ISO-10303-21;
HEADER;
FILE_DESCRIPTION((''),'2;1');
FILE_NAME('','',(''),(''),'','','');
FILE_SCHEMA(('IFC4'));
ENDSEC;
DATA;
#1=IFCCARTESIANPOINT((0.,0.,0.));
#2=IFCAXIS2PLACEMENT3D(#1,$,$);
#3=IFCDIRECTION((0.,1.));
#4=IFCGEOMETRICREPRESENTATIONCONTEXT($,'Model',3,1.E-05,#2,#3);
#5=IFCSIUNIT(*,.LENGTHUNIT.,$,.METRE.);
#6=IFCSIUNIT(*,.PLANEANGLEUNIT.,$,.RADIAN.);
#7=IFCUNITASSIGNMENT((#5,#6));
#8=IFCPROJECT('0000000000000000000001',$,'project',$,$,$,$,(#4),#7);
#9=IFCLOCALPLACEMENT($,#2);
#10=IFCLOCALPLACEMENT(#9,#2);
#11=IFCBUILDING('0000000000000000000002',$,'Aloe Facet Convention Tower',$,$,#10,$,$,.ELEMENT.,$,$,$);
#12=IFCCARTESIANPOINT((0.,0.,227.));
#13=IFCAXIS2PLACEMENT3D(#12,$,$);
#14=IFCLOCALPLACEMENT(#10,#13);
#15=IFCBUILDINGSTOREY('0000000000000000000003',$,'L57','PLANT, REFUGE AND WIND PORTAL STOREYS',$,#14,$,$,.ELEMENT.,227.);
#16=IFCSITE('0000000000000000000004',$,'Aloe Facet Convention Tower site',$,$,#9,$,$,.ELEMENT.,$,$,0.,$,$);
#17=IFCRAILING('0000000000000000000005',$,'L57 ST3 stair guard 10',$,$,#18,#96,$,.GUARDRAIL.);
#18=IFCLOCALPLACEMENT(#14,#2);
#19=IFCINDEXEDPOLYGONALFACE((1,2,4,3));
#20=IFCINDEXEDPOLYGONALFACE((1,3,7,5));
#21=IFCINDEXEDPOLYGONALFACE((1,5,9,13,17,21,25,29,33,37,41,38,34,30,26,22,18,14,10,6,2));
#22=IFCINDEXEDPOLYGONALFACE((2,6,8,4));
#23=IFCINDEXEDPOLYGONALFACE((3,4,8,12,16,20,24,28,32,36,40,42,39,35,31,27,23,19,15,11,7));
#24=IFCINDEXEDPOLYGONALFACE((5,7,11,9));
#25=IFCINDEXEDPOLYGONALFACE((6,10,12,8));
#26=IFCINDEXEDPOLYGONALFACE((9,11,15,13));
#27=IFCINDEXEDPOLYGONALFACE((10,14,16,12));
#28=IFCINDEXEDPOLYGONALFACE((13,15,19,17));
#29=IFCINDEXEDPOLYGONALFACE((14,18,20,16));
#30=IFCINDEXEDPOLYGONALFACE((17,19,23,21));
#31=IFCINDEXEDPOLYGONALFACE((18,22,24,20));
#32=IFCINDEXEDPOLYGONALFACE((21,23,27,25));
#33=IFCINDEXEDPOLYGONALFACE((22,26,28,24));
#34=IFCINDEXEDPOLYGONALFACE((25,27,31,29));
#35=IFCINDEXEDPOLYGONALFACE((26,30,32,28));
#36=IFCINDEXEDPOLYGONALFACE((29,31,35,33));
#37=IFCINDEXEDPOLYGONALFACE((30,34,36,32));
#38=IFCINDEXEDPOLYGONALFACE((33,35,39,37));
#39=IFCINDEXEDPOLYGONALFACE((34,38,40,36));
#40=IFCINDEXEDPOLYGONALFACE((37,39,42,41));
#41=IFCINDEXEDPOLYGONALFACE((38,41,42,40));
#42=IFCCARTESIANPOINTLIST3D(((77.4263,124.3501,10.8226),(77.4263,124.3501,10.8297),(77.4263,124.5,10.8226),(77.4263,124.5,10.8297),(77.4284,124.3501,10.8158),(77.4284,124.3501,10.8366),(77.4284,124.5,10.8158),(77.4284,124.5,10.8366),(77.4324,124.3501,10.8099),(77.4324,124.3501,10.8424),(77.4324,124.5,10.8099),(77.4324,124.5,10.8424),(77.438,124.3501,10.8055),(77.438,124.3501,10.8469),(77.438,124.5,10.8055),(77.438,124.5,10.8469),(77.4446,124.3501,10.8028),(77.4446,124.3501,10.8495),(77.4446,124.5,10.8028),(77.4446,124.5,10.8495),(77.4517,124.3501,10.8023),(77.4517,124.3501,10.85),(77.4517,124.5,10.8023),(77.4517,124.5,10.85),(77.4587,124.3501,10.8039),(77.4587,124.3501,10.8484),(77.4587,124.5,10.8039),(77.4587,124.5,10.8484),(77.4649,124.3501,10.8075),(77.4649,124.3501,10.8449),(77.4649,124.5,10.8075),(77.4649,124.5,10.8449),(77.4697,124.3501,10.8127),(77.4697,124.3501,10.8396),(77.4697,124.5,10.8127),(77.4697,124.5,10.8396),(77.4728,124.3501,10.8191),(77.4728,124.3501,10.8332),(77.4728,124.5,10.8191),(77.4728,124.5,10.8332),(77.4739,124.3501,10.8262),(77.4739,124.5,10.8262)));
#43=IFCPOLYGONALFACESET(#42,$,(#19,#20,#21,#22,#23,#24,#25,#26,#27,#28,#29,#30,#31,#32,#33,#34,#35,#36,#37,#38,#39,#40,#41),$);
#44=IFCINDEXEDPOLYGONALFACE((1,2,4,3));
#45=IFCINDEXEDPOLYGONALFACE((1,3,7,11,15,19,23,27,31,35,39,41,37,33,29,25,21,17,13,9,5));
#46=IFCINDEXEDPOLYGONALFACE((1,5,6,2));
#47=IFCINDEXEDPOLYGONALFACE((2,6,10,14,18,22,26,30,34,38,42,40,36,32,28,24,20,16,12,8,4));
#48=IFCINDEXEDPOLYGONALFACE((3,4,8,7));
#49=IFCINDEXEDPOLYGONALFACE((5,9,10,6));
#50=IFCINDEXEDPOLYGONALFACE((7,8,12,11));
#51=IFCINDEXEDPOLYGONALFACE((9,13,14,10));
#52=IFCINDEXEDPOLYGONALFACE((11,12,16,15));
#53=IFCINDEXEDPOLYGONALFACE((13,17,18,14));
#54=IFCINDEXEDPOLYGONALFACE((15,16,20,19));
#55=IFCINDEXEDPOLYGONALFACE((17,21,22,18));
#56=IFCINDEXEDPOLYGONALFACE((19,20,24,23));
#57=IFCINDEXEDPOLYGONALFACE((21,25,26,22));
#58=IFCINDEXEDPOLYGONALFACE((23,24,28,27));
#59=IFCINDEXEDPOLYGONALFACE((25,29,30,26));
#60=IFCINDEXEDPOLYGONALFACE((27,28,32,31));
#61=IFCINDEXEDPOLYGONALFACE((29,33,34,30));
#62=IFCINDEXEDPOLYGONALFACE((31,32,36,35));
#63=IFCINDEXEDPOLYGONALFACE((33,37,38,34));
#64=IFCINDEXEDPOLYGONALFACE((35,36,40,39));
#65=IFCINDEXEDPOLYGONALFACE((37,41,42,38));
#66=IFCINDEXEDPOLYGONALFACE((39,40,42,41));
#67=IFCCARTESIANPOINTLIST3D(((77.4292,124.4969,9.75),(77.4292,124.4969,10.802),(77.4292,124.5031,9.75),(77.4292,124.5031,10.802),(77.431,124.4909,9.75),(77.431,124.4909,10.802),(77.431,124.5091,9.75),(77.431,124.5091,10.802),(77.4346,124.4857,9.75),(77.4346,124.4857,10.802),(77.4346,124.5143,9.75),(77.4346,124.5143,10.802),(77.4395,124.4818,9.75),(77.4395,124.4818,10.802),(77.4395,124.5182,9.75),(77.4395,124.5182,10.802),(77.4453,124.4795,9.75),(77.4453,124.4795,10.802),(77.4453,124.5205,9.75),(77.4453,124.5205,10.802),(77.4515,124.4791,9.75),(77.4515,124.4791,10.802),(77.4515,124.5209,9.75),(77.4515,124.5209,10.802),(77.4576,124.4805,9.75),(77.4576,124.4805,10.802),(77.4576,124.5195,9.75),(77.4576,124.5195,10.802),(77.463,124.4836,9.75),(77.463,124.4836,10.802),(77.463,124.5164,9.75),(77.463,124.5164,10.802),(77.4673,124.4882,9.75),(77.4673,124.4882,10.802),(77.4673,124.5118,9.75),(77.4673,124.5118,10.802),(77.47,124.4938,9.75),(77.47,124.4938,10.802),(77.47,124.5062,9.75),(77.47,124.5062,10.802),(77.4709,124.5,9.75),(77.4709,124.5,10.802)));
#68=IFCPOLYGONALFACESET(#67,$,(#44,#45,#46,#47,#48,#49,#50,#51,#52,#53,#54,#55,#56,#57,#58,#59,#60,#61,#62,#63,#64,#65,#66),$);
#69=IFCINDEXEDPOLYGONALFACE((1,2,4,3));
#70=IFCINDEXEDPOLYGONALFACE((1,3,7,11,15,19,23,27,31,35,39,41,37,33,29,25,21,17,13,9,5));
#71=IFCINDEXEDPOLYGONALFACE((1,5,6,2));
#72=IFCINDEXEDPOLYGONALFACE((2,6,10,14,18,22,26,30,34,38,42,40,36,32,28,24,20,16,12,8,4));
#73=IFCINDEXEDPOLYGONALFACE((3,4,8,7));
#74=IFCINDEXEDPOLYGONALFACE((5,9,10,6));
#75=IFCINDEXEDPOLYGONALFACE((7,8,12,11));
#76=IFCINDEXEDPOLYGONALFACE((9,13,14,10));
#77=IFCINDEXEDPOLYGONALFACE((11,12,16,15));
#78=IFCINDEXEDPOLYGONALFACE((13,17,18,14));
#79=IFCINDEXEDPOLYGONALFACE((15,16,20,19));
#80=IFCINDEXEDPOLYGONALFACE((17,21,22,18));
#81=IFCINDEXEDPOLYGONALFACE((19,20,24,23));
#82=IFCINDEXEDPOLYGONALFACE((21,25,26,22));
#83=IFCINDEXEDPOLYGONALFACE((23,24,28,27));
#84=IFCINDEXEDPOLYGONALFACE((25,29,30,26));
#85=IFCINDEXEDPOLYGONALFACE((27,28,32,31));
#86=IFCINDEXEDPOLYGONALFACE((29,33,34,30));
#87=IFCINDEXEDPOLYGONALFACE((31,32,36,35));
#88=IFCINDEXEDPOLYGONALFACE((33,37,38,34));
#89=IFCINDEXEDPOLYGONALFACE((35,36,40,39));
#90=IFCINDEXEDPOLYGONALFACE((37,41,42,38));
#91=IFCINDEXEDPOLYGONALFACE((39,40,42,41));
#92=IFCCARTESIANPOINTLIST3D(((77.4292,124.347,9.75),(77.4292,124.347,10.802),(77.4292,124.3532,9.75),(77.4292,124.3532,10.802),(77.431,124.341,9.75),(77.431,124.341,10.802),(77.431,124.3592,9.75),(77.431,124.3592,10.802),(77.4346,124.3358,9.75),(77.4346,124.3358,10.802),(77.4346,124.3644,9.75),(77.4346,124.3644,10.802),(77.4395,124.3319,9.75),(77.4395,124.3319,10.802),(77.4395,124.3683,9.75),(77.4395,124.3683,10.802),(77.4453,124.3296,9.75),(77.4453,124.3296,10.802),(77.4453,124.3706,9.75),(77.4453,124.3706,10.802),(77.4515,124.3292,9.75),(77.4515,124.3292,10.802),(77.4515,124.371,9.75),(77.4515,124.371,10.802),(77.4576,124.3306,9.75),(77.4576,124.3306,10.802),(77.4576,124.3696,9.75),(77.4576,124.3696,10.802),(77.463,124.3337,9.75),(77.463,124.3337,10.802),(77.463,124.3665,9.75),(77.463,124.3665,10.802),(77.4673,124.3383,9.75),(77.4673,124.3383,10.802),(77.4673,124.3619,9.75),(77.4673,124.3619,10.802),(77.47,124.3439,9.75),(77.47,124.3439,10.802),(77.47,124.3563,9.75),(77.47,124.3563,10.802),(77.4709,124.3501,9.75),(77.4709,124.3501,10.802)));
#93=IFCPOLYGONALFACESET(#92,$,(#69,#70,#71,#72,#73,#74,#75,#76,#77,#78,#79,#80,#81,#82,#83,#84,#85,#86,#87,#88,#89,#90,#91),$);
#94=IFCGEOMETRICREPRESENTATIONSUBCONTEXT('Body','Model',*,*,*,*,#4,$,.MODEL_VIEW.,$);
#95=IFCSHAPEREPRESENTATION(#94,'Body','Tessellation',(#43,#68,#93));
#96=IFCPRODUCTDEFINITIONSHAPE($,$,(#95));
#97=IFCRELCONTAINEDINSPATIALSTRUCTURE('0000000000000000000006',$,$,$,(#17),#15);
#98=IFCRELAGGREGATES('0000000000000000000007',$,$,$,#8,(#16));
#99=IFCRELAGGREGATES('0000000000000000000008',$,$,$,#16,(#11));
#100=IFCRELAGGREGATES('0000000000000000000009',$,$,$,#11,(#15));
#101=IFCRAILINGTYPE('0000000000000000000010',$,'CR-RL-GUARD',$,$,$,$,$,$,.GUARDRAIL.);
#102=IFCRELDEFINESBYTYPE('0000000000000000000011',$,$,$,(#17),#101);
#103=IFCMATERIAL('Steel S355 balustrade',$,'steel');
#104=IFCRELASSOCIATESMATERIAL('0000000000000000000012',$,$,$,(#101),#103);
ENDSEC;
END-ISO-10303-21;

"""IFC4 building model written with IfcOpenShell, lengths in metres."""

from ifc_helpers import new_model, si_unit, direction, frame, origin, origin_2d, place, context, subcontext, project, spatial, circle, extrude, material, type_object, element, save


model = new_model("IFC4")

# Units and contexts
model_context = context("Model", 3, precision=1e-05, world=origin(), true_north=direction((0.0, 1.0)))
body_context = subcontext(model_context, "Body", "Model", "MODEL_VIEW")
ifc_project = project(units=[si_unit("LENGTHUNIT", "METRE"), si_unit("PLANEANGLEUNIT", "RADIAN")], contexts=[model_context])

# Site, building, storey
site_placement = place(None, origin())
site = spatial("IfcSite", under=ifc_project, at=site_placement, Name="Aloe Facet Convention Tower site", CompositionType="ELEMENT", RefElevation=0.0)
building_placement = place(site_placement, origin())
building = spatial("IfcBuilding", under=site, at=building_placement, Name="Aloe Facet Convention Tower", CompositionType="ELEMENT")
storey_placement = place(building_placement, frame((0.0, 0.0, 227.0)))
storey = spatial("IfcBuildingStorey", under=building, at=storey_placement, Name="L57", Description="PLANT, REFUGE AND WIND PORTAL STOREYS", CompositionType="ELEMENT", Elevation=227.0)

# Railing
ifc_material_1 = material(Name="Steel S355 balustrade", Category="steel")
railing_type_1 = type_object("IfcRailingType", Name="CR-RL-GUARD", PredefinedType="GUARDRAIL", material=ifc_material_1)
railing_1_placement = place(storey_placement, frame((77.45, 124.5, 9.75)))
element("IfcRailing", 1, at=railing_1_placement, inside=storey, type_object=railing_type_1, Name="L57 ST3 stair guard 10", PredefinedType="GUARDRAIL", context=body_context, shape_type="SweptSolid", body=[
    extrude(circle(Radius=0.0239, at=origin_2d()), frame((0.0, 0.0, 1.0762), z_axis=(0.0, -1.0, 0.0), x_axis=(1.0, 0.0, 0.0)), (0.0, 0.0, 1.0), 0.1499),
    extrude(circle(Radius=0.021, at=origin_2d()), origin(), (0.0, 0.0, 1.0), 1.052),
    extrude(circle(Radius=0.021, at=origin_2d()), frame((0.0, -0.1499, 0.0)), (0.0, 0.0, 1.0), 1.052),
])

save(model, "model.ifc")
